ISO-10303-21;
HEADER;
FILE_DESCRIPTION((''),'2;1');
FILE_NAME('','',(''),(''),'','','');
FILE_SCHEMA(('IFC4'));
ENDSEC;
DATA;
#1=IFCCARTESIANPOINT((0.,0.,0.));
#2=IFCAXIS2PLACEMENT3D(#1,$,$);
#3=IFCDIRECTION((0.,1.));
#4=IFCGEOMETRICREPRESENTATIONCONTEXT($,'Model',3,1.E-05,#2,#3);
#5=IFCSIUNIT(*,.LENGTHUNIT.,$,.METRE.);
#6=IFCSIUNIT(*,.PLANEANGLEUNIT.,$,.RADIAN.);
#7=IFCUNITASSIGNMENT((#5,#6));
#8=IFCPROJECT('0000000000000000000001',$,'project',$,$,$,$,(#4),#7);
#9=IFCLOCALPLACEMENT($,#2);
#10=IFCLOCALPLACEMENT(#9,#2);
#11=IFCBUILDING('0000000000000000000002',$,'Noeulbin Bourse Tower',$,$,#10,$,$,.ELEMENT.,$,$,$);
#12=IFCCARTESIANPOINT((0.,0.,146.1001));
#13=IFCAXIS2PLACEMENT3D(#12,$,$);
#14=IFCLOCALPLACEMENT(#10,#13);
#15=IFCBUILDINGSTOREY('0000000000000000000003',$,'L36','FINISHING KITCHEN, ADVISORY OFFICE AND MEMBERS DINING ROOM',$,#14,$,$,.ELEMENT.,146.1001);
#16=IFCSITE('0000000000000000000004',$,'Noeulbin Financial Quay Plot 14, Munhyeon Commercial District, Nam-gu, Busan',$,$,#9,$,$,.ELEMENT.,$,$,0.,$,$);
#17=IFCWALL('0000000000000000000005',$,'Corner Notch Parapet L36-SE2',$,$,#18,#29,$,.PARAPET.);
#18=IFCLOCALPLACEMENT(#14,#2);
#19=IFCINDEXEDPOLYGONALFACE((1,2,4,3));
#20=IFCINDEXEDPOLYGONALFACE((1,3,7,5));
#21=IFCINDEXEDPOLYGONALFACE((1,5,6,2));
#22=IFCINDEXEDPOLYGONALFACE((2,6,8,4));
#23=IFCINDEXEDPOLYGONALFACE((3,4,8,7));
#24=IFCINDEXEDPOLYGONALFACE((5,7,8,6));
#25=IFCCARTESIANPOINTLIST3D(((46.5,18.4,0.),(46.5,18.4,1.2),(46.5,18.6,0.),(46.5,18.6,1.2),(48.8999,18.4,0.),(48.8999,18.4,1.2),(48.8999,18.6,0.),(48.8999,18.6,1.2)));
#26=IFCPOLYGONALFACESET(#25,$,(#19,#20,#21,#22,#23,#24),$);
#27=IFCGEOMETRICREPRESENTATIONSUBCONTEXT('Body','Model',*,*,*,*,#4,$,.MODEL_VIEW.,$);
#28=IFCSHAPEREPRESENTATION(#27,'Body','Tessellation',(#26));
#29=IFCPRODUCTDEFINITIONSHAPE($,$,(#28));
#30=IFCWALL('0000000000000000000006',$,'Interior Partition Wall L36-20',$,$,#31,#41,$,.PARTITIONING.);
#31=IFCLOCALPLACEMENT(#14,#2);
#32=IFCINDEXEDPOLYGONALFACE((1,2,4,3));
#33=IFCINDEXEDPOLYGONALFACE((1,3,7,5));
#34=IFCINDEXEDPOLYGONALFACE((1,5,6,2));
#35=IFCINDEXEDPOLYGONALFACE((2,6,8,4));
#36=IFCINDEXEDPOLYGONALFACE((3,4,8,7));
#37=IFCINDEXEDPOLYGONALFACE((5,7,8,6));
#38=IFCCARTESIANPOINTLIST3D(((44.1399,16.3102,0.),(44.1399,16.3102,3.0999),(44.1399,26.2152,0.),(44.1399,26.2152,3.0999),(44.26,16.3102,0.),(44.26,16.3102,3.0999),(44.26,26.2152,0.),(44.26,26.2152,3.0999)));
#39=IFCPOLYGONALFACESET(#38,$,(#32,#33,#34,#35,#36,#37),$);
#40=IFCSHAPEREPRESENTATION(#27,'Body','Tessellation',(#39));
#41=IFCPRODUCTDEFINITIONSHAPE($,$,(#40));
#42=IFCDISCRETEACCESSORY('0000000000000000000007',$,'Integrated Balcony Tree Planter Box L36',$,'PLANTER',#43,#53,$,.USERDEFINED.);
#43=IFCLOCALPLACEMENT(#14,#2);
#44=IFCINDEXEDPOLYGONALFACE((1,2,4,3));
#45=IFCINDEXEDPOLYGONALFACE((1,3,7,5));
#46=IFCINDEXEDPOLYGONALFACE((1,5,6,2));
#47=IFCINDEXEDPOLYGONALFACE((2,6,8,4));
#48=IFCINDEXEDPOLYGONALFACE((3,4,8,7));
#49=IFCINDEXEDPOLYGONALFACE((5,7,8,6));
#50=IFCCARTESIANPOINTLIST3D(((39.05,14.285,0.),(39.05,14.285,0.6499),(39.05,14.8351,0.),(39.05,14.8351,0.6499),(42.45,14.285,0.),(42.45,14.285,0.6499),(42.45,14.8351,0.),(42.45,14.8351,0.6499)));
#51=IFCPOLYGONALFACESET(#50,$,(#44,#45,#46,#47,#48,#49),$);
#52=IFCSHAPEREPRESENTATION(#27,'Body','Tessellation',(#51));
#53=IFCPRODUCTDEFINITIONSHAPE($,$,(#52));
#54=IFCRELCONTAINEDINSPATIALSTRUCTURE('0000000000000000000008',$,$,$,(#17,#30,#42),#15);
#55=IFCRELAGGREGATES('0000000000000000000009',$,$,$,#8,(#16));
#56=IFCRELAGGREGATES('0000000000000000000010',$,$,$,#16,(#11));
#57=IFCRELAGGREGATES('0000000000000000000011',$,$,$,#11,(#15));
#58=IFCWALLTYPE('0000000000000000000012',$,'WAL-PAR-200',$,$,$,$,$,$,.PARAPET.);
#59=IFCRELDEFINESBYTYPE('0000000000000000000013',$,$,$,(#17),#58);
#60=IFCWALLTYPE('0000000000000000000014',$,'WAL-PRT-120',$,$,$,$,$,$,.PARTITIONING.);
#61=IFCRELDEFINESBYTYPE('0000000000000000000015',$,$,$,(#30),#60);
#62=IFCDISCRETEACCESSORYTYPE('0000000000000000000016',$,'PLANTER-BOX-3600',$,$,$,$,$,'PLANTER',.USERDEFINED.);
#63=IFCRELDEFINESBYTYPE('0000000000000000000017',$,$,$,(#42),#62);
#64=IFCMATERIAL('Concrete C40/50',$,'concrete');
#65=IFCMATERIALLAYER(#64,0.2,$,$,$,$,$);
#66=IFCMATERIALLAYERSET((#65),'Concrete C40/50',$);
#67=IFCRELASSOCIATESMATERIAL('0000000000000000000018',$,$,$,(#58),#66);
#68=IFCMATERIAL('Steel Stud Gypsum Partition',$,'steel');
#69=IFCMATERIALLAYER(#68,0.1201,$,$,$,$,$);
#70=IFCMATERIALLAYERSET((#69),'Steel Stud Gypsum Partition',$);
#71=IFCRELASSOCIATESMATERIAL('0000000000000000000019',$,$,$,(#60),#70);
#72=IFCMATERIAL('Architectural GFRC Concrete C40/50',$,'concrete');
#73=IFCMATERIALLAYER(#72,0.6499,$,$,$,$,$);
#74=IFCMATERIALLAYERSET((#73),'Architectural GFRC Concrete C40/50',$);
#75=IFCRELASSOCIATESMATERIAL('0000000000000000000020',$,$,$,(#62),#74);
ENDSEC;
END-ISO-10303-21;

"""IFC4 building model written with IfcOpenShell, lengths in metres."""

from ifc_helpers import new_model, si_unit, direction, frame, frame_2d, origin, origin_2d, place, context, subcontext, project, spatial, rectangle, extrude, material, layer, layer_set, type_object, element, save


model = new_model("IFC4")

# Units and contexts
model_context = context("Model", 3, precision=1e-05, world=origin(), true_north=direction((0.0, 1.0)))
body_context = subcontext(model_context, "Body", "Model", "MODEL_VIEW")
ifc_project = project(units=[si_unit("LENGTHUNIT", "METRE"), si_unit("PLANEANGLEUNIT", "RADIAN")], contexts=[model_context])

# Site, building, storey
site_placement = place(None, origin())
site = spatial("IfcSite", under=ifc_project, at=site_placement, Name="Noeulbin Financial Quay Plot 14, Munhyeon Commercial District, Nam-gu, Busan", CompositionType="ELEMENT", RefElevation=0.0)
building_placement = place(site_placement, origin())
building = spatial("IfcBuilding", under=site, at=building_placement, Name="Noeulbin Bourse Tower", CompositionType="ELEMENT")
storey_placement = place(building_placement, frame((0.0, 0.0, 146.1001)))
storey = spatial("IfcBuildingStorey", under=building, at=storey_placement, Name="L36", Description="FINISHING KITCHEN, ADVISORY OFFICE AND MEMBERS DINING ROOM", CompositionType="ELEMENT", Elevation=146.1001)

# Walls
ifc_material_1 = material(Name="Concrete C40/50", Category="concrete")
ifc_layer_1 = layer(ifc_material_1, 0.2)
ifc_layer_set_1 = layer_set([ifc_layer_1], Name="Concrete C40/50")
wall_type_1 = type_object("IfcWallType", Name="WAL-PAR-200", PredefinedType="PARAPET", material=ifc_layer_set_1)
for number, where, z_axis, x_axis, name in (
    (1, (46.5, 18.5, 0.0), (0.0, 0.0, 1.0), (1.0, 0.0, 0.0), "Corner Notch Parapet L36-SE2"),
):
    element("IfcWall", number, at=place(storey_placement, frame(where, z_axis=z_axis, x_axis=x_axis)), inside=storey, type_object=wall_type_1, Name=name, PredefinedType="PARAPET", context=body_context, shape_type="SweptSolid", body=[
        extrude(rectangle(XDim=2.3999, YDim=0.2, at=frame_2d((1.2, 0.0))), origin(), (0.0, 0.0, 1.0), 1.2),
    ])
ifc_material_2 = material(Name="Steel Stud Gypsum Partition", Category="steel")
ifc_layer_2 = layer(ifc_material_2, 0.1201)
ifc_layer_set_2 = layer_set([ifc_layer_2], Name="Steel Stud Gypsum Partition")
wall_type_2 = type_object("IfcWallType", Name="WAL-PRT-120", PredefinedType="PARTITIONING", material=ifc_layer_set_2)
wall_1_placement = place(storey_placement, frame((44.2, 16.3101, 0.0), z_axis=(0.0, 0.0, 1.0), x_axis=(0.0, 1.0, 0.0)))
element("IfcWall", 2, at=wall_1_placement, inside=storey, type_object=wall_type_2, Name="Interior Partition Wall L36-20", PredefinedType="PARTITIONING", context=body_context, shape_type="SweptSolid", body=[
    extrude(rectangle(XDim=9.905, YDim=0.1201, at=frame_2d((4.9526, 0.0))), origin(), (0.0, 0.0, 1.0), 3.0999),
])

# Discrete accessory
ifc_material_3 = material(Name="Architectural GFRC Concrete C40/50", Category="concrete")
ifc_layer_3 = layer(ifc_material_3, 0.6499)
ifc_layer_set_3 = layer_set([ifc_layer_3], Name="Architectural GFRC Concrete C40/50")
discrete_accessory_type = type_object("IfcDiscreteAccessoryType", Name="PLANTER-BOX-3600", ElementType="PLANTER", PredefinedType="USERDEFINED", material=ifc_layer_set_3)
discrete_accessory_placement = place(storey_placement, frame((40.75, 14.5601, 0.0), z_axis=(0.0, 0.0, 1.0), x_axis=(1.0, 0.0, 0.0)))
element("IfcDiscreteAccessory", 3, at=discrete_accessory_placement, inside=storey, type_object=discrete_accessory_type, Name="Integrated Balcony Tree Planter Box L36", ObjectType="PLANTER", PredefinedType="USERDEFINED", context=body_context, shape_type="SweptSolid", body=[
    extrude(rectangle(XDim=3.3999, YDim=0.55, at=origin_2d()), origin(), (0.0, 0.0, 1.0), 0.6499),
])

save(model, "model.ifc")
